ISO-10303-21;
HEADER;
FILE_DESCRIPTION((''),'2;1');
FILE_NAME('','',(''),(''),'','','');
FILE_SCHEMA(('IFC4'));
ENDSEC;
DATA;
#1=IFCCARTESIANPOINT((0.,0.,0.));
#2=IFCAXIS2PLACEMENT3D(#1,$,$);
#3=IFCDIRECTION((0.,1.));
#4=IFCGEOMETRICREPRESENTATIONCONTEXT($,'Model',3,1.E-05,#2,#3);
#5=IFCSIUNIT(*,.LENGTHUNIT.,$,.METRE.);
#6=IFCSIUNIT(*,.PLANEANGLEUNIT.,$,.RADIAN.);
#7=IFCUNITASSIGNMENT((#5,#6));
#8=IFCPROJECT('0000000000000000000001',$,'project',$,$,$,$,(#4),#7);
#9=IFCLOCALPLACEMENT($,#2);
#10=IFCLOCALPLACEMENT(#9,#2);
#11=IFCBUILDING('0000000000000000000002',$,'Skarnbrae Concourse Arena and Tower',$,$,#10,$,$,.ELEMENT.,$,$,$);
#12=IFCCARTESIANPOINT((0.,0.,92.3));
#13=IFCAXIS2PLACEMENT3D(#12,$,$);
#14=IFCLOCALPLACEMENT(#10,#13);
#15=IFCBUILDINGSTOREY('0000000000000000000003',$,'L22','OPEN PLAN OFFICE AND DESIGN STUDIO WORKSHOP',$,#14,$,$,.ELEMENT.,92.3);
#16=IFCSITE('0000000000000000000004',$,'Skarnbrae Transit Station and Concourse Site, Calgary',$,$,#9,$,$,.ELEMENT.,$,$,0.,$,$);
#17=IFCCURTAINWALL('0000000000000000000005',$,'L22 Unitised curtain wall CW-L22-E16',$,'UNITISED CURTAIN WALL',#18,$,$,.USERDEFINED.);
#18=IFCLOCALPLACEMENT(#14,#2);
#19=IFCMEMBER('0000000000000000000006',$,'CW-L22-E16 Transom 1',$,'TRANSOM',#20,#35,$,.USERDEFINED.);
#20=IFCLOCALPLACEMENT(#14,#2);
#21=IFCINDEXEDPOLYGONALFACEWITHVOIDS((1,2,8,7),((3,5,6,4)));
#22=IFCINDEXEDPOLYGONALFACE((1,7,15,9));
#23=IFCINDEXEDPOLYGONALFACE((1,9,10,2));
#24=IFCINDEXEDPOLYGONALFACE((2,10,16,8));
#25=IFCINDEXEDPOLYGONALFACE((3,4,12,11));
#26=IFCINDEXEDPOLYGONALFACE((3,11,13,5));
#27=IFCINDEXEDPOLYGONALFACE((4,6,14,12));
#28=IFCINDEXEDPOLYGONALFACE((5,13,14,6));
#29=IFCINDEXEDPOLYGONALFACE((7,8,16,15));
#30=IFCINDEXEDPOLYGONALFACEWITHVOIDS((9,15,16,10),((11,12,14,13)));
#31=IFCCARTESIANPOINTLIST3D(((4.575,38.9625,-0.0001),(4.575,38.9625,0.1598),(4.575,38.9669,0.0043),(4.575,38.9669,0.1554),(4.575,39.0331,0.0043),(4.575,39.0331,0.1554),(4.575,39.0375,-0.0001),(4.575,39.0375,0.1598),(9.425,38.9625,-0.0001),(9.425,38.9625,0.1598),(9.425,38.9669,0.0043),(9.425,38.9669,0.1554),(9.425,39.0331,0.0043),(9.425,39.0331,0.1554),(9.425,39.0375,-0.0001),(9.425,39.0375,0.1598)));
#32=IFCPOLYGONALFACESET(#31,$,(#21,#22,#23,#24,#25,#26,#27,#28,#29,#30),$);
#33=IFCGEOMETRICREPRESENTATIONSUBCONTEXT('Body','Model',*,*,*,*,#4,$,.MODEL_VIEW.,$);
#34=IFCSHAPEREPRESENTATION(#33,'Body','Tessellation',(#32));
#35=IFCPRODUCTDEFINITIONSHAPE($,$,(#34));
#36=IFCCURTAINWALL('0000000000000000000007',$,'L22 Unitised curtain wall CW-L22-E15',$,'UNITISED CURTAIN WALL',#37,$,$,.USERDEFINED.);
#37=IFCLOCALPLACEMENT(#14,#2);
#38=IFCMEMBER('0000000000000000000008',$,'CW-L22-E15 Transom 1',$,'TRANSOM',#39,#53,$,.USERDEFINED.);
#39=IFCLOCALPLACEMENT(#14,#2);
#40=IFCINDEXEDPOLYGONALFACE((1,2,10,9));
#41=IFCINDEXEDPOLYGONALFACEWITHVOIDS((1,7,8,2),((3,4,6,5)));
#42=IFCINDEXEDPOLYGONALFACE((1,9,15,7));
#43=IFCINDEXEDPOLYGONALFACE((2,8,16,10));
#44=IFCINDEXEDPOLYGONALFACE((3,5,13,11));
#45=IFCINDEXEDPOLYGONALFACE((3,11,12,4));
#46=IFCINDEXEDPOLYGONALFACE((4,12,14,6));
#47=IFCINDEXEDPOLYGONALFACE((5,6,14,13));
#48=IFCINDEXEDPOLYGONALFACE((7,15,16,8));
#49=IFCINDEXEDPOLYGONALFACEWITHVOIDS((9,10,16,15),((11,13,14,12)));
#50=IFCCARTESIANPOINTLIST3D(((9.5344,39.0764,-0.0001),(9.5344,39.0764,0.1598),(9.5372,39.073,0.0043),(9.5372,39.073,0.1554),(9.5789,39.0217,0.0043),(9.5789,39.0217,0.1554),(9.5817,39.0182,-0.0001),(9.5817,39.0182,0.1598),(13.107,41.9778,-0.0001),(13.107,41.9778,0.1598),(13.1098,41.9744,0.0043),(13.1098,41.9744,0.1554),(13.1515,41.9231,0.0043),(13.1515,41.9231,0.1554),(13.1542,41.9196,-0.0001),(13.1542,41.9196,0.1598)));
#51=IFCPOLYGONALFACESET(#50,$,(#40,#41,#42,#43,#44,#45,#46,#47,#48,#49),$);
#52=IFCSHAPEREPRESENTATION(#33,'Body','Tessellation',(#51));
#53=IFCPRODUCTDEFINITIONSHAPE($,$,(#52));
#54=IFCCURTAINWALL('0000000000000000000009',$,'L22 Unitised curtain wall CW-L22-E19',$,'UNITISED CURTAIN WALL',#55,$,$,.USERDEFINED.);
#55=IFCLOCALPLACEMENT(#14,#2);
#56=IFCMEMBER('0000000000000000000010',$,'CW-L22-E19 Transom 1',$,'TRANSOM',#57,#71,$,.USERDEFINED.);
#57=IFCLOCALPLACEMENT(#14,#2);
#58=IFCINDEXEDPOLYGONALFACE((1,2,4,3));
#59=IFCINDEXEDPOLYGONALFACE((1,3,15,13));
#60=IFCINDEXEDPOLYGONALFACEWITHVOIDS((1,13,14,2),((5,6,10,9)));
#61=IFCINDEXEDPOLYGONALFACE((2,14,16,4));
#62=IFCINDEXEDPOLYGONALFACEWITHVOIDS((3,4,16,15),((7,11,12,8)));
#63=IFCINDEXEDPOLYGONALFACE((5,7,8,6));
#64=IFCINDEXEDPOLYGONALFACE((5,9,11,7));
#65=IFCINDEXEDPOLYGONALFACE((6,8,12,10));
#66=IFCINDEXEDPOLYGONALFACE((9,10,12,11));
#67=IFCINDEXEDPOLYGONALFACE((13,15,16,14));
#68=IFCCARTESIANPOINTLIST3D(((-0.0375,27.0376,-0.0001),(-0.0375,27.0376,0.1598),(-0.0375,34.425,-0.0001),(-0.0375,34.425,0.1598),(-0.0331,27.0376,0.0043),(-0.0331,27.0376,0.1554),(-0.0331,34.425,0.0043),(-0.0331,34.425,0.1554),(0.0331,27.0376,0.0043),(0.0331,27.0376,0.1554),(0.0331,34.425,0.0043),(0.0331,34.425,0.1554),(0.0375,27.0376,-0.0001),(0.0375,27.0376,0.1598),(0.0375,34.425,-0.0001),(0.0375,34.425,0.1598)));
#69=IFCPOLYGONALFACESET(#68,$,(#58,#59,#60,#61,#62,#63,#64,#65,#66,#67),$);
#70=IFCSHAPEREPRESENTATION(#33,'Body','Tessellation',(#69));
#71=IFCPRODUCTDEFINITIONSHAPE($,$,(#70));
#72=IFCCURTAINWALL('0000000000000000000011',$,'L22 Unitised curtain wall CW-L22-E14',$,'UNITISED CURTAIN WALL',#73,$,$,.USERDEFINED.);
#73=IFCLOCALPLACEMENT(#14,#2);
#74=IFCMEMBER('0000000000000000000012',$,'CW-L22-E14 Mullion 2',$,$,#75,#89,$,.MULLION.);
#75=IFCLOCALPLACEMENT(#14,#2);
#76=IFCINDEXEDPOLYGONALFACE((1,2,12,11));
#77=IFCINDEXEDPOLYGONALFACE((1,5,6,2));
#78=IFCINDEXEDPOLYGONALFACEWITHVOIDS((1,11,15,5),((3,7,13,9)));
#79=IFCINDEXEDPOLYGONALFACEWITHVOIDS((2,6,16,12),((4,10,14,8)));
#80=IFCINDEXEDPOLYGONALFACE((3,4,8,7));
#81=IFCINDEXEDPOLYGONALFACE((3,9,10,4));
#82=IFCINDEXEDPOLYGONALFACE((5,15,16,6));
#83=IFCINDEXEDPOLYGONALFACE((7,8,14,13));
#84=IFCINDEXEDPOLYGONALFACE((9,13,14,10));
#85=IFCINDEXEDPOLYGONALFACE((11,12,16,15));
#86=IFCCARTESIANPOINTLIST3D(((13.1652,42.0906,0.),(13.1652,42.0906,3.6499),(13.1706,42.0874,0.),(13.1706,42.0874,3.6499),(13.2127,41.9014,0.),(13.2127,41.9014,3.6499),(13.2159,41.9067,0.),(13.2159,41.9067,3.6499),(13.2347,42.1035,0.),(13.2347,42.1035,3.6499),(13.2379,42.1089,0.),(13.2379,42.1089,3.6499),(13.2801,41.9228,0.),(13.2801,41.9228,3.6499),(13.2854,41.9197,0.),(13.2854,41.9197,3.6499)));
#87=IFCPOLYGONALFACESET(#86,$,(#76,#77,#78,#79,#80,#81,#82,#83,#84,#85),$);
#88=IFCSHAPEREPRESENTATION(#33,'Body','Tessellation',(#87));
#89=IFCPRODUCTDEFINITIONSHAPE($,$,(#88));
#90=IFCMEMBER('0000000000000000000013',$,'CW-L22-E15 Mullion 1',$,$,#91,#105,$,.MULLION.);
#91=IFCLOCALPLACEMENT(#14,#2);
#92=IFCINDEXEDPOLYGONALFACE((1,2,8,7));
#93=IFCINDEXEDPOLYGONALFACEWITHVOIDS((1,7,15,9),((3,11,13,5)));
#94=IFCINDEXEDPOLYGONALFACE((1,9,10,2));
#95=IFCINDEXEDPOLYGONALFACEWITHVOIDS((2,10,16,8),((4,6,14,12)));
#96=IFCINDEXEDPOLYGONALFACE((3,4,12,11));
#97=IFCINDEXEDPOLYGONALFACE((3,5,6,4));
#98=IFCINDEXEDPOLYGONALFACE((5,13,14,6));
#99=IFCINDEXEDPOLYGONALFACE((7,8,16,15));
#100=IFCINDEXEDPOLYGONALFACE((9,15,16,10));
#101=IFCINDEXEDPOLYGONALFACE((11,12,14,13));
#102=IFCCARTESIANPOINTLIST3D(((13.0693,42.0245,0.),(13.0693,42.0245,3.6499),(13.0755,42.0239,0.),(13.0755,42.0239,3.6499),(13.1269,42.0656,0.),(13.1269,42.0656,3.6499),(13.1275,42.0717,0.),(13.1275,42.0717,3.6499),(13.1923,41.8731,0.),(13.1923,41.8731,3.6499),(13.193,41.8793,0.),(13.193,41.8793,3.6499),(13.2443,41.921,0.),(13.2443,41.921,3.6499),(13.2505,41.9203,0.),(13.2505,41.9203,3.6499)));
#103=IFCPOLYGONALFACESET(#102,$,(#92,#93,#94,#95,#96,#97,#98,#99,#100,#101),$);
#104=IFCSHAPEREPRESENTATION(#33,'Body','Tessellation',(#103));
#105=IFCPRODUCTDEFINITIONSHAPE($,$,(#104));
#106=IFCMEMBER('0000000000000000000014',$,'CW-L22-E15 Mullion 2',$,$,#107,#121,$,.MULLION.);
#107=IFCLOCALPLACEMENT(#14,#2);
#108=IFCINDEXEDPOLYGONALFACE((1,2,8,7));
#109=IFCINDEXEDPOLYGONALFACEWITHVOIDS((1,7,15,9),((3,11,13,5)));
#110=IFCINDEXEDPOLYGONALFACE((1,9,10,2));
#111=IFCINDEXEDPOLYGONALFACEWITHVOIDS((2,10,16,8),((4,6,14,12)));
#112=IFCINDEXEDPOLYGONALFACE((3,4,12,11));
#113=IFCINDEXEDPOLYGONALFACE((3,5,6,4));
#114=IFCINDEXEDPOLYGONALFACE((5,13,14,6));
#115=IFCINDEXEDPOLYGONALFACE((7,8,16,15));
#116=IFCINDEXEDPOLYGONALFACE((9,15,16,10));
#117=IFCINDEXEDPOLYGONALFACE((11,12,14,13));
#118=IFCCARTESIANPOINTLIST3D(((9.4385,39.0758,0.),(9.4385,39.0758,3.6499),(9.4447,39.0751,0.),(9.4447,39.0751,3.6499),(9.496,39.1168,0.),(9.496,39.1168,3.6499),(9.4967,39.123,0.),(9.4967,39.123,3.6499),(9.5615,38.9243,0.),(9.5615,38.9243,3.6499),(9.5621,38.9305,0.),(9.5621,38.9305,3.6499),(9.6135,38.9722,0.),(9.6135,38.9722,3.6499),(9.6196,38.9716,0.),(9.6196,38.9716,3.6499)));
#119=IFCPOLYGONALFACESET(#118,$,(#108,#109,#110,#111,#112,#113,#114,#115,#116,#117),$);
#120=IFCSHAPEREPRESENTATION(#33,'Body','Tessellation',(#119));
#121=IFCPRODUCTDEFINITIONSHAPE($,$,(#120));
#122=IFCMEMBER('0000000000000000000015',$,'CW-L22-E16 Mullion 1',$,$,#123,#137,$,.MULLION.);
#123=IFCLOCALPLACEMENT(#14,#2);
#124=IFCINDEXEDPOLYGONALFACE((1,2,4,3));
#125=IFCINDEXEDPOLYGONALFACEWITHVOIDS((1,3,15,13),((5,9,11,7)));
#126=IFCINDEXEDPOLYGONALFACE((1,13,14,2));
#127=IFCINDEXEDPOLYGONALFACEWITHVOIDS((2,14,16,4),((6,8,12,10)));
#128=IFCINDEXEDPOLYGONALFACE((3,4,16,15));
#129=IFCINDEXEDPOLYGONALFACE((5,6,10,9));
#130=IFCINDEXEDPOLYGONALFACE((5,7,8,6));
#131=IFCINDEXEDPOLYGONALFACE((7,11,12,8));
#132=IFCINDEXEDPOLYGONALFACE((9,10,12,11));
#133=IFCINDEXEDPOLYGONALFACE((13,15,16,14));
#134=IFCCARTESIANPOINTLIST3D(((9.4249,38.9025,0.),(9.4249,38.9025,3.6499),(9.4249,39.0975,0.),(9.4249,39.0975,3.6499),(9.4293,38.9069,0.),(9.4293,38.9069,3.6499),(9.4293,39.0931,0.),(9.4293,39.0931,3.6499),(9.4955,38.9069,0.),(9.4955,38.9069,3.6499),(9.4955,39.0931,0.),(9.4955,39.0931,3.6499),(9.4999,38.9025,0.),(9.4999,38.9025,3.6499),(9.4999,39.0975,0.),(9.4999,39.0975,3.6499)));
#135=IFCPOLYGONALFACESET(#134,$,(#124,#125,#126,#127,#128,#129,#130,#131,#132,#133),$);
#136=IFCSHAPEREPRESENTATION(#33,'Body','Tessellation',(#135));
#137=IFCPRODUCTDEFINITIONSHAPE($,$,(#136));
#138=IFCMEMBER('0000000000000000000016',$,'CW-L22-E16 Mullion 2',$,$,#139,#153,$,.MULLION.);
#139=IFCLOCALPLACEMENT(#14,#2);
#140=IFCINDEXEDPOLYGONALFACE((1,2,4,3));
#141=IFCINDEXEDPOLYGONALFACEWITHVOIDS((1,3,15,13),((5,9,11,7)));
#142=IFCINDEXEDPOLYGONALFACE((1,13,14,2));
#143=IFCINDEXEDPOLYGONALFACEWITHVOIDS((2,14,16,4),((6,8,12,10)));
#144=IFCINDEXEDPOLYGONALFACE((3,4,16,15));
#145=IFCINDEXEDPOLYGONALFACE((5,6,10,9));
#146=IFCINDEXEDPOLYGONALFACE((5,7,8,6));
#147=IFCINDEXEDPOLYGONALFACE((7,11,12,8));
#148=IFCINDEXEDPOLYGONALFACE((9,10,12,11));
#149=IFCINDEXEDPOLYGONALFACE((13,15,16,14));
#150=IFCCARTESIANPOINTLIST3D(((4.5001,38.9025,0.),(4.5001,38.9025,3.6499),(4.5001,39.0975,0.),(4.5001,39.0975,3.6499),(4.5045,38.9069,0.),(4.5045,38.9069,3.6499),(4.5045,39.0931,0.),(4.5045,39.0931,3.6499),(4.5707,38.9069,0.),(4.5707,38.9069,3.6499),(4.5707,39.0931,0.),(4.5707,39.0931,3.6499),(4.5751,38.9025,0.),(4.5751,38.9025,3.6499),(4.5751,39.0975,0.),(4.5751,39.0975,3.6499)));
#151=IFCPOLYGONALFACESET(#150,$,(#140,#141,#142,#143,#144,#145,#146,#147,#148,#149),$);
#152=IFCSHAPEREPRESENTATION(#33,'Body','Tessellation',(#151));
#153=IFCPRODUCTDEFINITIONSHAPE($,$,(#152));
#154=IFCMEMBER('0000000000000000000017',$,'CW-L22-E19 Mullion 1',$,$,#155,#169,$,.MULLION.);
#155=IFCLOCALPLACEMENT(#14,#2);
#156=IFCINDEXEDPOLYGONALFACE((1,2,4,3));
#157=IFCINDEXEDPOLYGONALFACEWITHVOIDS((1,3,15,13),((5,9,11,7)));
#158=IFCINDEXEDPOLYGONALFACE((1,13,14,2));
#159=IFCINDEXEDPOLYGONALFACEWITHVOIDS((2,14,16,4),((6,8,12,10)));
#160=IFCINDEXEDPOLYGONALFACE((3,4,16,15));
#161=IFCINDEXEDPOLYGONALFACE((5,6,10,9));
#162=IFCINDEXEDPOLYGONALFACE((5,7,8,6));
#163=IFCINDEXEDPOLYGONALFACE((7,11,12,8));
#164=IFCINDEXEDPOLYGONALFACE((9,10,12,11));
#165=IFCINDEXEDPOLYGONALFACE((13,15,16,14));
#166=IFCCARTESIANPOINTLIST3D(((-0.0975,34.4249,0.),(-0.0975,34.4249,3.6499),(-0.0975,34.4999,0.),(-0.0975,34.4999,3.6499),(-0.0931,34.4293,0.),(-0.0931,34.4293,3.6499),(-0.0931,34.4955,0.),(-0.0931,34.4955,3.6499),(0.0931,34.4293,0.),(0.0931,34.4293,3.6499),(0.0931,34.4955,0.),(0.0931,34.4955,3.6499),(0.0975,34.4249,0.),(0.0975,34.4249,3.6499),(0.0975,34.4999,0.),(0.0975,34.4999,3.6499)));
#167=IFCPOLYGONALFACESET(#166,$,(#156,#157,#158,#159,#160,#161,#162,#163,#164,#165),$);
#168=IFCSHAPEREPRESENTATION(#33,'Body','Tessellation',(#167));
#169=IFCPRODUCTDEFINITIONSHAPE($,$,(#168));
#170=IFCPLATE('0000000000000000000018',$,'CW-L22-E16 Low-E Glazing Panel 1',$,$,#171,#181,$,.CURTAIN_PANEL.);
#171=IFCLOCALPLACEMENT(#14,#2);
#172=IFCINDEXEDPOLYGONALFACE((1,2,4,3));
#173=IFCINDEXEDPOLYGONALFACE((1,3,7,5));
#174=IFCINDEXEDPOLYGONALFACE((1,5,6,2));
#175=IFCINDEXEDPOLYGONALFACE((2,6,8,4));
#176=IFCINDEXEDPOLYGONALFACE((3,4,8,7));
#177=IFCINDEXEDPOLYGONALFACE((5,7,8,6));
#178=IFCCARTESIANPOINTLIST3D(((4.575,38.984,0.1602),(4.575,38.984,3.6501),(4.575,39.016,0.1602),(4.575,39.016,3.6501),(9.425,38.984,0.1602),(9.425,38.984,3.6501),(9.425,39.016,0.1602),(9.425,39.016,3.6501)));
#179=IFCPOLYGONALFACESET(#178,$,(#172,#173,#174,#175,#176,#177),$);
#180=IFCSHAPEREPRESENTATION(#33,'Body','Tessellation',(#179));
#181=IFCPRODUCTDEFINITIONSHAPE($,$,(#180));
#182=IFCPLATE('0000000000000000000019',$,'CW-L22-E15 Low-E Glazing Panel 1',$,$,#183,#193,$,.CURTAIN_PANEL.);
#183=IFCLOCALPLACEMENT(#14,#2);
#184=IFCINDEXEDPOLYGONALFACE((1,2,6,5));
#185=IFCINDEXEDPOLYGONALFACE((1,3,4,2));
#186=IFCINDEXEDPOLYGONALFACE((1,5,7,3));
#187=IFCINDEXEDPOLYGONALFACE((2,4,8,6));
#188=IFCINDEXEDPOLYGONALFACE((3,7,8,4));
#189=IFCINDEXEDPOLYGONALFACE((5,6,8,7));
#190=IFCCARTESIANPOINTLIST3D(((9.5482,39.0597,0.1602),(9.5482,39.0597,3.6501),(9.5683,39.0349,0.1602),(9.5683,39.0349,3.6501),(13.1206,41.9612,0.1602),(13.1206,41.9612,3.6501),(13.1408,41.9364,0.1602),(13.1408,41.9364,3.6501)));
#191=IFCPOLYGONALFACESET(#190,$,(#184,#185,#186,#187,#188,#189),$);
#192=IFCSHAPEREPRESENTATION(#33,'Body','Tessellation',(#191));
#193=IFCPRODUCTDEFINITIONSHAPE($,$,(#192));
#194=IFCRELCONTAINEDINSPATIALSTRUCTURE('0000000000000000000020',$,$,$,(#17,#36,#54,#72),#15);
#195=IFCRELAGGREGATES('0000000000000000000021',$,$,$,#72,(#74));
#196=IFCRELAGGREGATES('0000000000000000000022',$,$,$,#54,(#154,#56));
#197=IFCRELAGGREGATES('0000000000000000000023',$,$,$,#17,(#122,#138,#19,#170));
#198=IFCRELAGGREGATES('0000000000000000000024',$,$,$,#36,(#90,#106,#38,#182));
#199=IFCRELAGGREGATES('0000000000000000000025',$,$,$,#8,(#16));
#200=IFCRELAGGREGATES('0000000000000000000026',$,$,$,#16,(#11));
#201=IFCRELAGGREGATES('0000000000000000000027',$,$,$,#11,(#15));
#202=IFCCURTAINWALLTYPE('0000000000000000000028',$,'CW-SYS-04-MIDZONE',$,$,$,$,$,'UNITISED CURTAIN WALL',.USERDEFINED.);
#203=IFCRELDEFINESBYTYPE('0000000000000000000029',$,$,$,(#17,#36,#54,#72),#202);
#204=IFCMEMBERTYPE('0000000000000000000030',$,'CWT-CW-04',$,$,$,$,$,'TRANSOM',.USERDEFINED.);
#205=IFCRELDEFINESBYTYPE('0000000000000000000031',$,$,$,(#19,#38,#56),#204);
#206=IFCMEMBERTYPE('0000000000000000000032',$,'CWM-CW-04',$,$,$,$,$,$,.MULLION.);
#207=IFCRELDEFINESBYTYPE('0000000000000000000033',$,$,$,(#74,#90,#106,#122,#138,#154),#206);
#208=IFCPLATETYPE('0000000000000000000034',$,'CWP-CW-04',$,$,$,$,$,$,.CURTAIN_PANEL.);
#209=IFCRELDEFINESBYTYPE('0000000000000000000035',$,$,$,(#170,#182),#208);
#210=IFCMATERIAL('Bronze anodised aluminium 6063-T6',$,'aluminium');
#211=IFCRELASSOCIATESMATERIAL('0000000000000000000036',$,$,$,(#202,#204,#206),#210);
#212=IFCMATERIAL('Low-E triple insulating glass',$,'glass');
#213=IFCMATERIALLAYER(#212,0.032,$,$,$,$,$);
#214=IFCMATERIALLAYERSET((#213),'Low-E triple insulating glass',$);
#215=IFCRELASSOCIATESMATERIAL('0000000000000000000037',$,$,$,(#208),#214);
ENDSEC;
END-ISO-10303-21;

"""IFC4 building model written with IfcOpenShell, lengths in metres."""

from ifc_helpers import new_model, si_unit, direction, frame, origin, origin_2d, place, context, subcontext, project, spatial, rectangle, hollow_rectangle, extrude, source, transform, mapped, material, layer, layer_set, material_profile, profile_set, type_object, element, aggregate, save


model = new_model("IFC4")

# Units and contexts
model_context = context("Model", 3, precision=1e-05, world=origin(), true_north=direction((0.0, 1.0)))
body_context = subcontext(model_context, "Body", "Model", "MODEL_VIEW")
ifc_project = project(units=[si_unit("LENGTHUNIT", "METRE"), si_unit("PLANEANGLEUNIT", "RADIAN")], contexts=[model_context])

# Site, building, storey
site_placement = place(None, origin())
site = spatial("IfcSite", under=ifc_project, at=site_placement, Name="Skarnbrae Transit Station and Concourse Site, Calgary", CompositionType="ELEMENT", RefElevation=0.0)
building_placement = place(site_placement, origin())
building = spatial("IfcBuilding", under=site, at=building_placement, Name="Skarnbrae Concourse Arena and Tower", CompositionType="ELEMENT")
storey_placement = place(building_placement, frame((0.0, 0.0, 92.3)))
storey = spatial("IfcBuildingStorey", under=building, at=storey_placement, Name="L22", Description="OPEN PLAN OFFICE AND DESIGN STUDIO WORKSHOP", CompositionType="ELEMENT", Elevation=92.3)

# Curtain walls, members
ifc_material_1 = material(Name="Bronze anodised aluminium 6063-T6", Category="aluminium")
curtain_wall_type = type_object("IfcCurtainWallType", Name="CW-SYS-04-MIDZONE", ElementType="UNITISED CURTAIN WALL", PredefinedType="USERDEFINED", material=ifc_material_1)
curtain_wall_1_placement = place(storey_placement, origin())
curtain_wall_1 = element("IfcCurtainWall", 1, at=curtain_wall_1_placement, inside=storey, type_object=curtain_wall_type, Name="L22 Unitised curtain wall CW-L22-E16", ObjectType="UNITISED CURTAIN WALL", PredefinedType="USERDEFINED")
ifc_material_profile_1 = material_profile(ifc_material_1, hollow_rectangle(XDim=0.075, YDim=0.1599, WallThickness=0.0044, at=origin_2d()), Name="ALU-TRAN-75X160")
ifc_profile_set_1 = profile_set([ifc_material_profile_1], Name="Bronze anodised aluminium 6063-T6")
member_type_1 = type_object("IfcMemberType", Name="CWT-CW-04", ElementType="TRANSOM", PredefinedType="USERDEFINED", material=ifc_profile_set_1)
shared_shape_1 = source(origin(), body_context, "Body", "SweptSolid", [
    extrude(hollow_rectangle(XDim=0.075, YDim=0.1599, WallThickness=0.0044, at=origin_2d()), origin(), (0.0, 0.0, 1.0), 4.8501),
])
member_1_placement = place(storey_placement, frame((9.425, 39.0, 0.0798), z_axis=(-1.0, 0.0, 0.0), x_axis=(0.0, -1.0, 0.0)))
member_1 = element("IfcMember", 2, at=member_1_placement, type_object=member_type_1, Name="CW-L22-E16 Transom 1", ObjectType="TRANSOM", PredefinedType="USERDEFINED", context=body_context, shape_type="MappedRepresentation", body=[
    mapped(shared_shape_1, transform((0.0, 0.0, 0.0))),
])
curtain_wall_2_placement = place(storey_placement, origin())
curtain_wall_2 = element("IfcCurtainWall", 3, at=curtain_wall_2_placement, inside=storey, type_object=curtain_wall_type, Name="L22 Unitised curtain wall CW-L22-E15", ObjectType="UNITISED CURTAIN WALL", PredefinedType="USERDEFINED")
shared_shape_2 = source(origin(), body_context, "Body", "SweptSolid", [
    extrude(hollow_rectangle(XDim=0.075, YDim=0.1599, WallThickness=0.0044, at=origin_2d()), origin(), (0.0, 0.0, 1.0), 4.6023),
])
member_2_placement = place(storey_placement, frame((13.1306, 41.9487, 0.0798), z_axis=(-0.776252, -0.630423, 0.0), x_axis=(0.630423, -0.776252, 0.0)))
member_2 = element("IfcMember", 4, at=member_2_placement, type_object=member_type_1, Name="CW-L22-E15 Transom 1", ObjectType="TRANSOM", PredefinedType="USERDEFINED", context=body_context, shape_type="MappedRepresentation", body=[
    mapped(shared_shape_2, transform((0.0, 0.0, 0.0))),
])
curtain_wall_3_placement = place(storey_placement, origin())
curtain_wall_3 = element("IfcCurtainWall", 5, at=curtain_wall_3_placement, inside=storey, type_object=curtain_wall_type, Name="L22 Unitised curtain wall CW-L22-E19", ObjectType="UNITISED CURTAIN WALL", PredefinedType="USERDEFINED")
shared_shape_3 = source(origin(), body_context, "Body", "SweptSolid", [
    extrude(hollow_rectangle(XDim=0.075, YDim=0.1599, WallThickness=0.0044, at=origin_2d()), origin(), (0.0, 0.0, 1.0), 7.3875),
])
member_3_placement = place(storey_placement, frame((0.0, 34.425, 0.0798), z_axis=(0.0, -1.0, 0.0), x_axis=(1.0, 0.0, 0.0)))
member_3 = element("IfcMember", 6, at=member_3_placement, type_object=member_type_1, Name="CW-L22-E19 Transom 1", ObjectType="TRANSOM", PredefinedType="USERDEFINED", context=body_context, shape_type="MappedRepresentation", body=[
    mapped(shared_shape_3, transform((0.0, 0.0, 0.0))),
])
curtain_wall_4_placement = place(storey_placement, origin())
curtain_wall_4 = element("IfcCurtainWall", 7, at=curtain_wall_4_placement, inside=storey, type_object=curtain_wall_type, Name="L22 Unitised curtain wall CW-L22-E14", ObjectType="UNITISED CURTAIN WALL", PredefinedType="USERDEFINED")
ifc_material_profile_2 = material_profile(ifc_material_1, hollow_rectangle(XDim=0.075, YDim=0.1951, WallThickness=0.0044, at=origin_2d()), Name="ALU-MULL-75X195")
ifc_profile_set_2 = profile_set([ifc_material_profile_2], Name="Bronze anodised aluminium 6063-T6")
member_type_2 = type_object("IfcMemberType", Name="CWM-CW-04", PredefinedType="MULLION", material=ifc_profile_set_2)
shared_shape_4 = source(origin(), body_context, "Body", "SweptSolid", [
    extrude(hollow_rectangle(XDim=0.075, YDim=0.1951, WallThickness=0.0044, at=origin_2d()), origin(), (0.0, 0.0, 1.0), 3.6499),
])
member_4_placement = place(storey_placement, frame((13.2253, 42.0051, 0.0), z_axis=(0.0, 0.0, 1.0), x_axis=(-0.969903, -0.243491, 0.0)))
member_4 = element("IfcMember", 8, at=member_4_placement, type_object=member_type_2, Name="CW-L22-E14 Mullion 2", PredefinedType="MULLION", context=body_context, shape_type="MappedRepresentation", body=[
    mapped(shared_shape_4, transform((0.0, 0.0, 0.0))),
])
aggregate(curtain_wall_4, [member_4])

# Members
member_5_placement = place(storey_placement, frame((13.1599, 41.9724, 0.0), z_axis=(0.0, 0.0, 1.0), x_axis=(-0.776241, -0.630436, 0.0)))
member_5 = element("IfcMember", 9, at=member_5_placement, type_object=member_type_2, Name="CW-L22-E15 Mullion 1", PredefinedType="MULLION", context=body_context, shape_type="MappedRepresentation", body=[
    mapped(shared_shape_4, transform((0.0, 0.0, 0.0))),
])
member_6_placement = place(storey_placement, frame((9.5291, 39.0237, 0.0), z_axis=(0.0, 0.0, 1.0), x_axis=(-0.776241, -0.630436, 0.0)))
member_6 = element("IfcMember", 10, at=member_6_placement, type_object=member_type_2, Name="CW-L22-E15 Mullion 2", PredefinedType="MULLION", context=body_context, shape_type="MappedRepresentation", body=[
    mapped(shared_shape_4, transform((0.0, 0.0, 0.0))),
])
member_7_placement = place(storey_placement, frame((9.4624, 39.0, 0.0), z_axis=(0.0, 0.0, 1.0), x_axis=(-1.0, 0.0, 0.0)))
member_7 = element("IfcMember", 11, at=member_7_placement, type_object=member_type_2, Name="CW-L22-E16 Mullion 1", PredefinedType="MULLION", context=body_context, shape_type="MappedRepresentation", body=[
    mapped(shared_shape_4, transform((0.0, 0.0, 0.0))),
])
member_8_placement = place(storey_placement, frame((4.5376, 39.0, 0.0), z_axis=(0.0, 0.0, 1.0), x_axis=(-1.0, 0.0, 0.0)))
member_8 = element("IfcMember", 12, at=member_8_placement, type_object=member_type_2, Name="CW-L22-E16 Mullion 2", PredefinedType="MULLION", context=body_context, shape_type="MappedRepresentation", body=[
    mapped(shared_shape_4, transform((0.0, 0.0, 0.0))),
])
member_9_placement = place(storey_placement, frame((0.0, 34.4624, 0.0), z_axis=(0.0, 0.0, 1.0), x_axis=(0.0, -1.0, 0.0)))
member_9 = element("IfcMember", 13, at=member_9_placement, type_object=member_type_2, Name="CW-L22-E19 Mullion 1", PredefinedType="MULLION", context=body_context, shape_type="MappedRepresentation", body=[
    mapped(shared_shape_4, transform((0.0, 0.0, 0.0))),
])
aggregate(curtain_wall_3, [member_9, member_3])

# Plates
ifc_material_2 = material(Name="Low-E triple insulating glass", Category="glass")
ifc_layer_1 = layer(ifc_material_2, 0.032)
ifc_layer_set_1 = layer_set([ifc_layer_1], Name="Low-E triple insulating glass")
plate_type = type_object("IfcPlateType", Name="CWP-CW-04", PredefinedType="CURTAIN_PANEL", material=ifc_layer_set_1)
shared_shape_5 = source(origin(), body_context, "Body", "SweptSolid", [
    extrude(rectangle(XDim=4.8501, YDim=0.032, at=origin_2d()), origin(), (0.0, 0.0, 1.0), 3.49),
])
plate_1_placement = place(storey_placement, frame((7.0, 39.0, 0.1602), z_axis=(0.0, 0.0, 1.0), x_axis=(-1.0, 0.0, 0.0)))
plate_1 = element("IfcPlate", 14, at=plate_1_placement, type_object=plate_type, Name="CW-L22-E16 Low-E Glazing Panel 1", PredefinedType="CURTAIN_PANEL", context=body_context, shape_type="MappedRepresentation", body=[
    mapped(shared_shape_5, transform((0.0, 0.0, 0.0))),
])
aggregate(curtain_wall_1, [member_7, member_8, member_1, plate_1])
shared_shape_6 = source(origin(), body_context, "Body", "SweptSolid", [
    extrude(rectangle(XDim=4.6023, YDim=0.032, at=origin_2d()), origin(), (0.0, 0.0, 1.0), 3.49),
])
plate_2_placement = place(storey_placement, frame((11.3445, 40.498, 0.1602), z_axis=(0.0, 0.0, 1.0), x_axis=(-0.776241, -0.630436, 0.0)))
plate_2 = element("IfcPlate", 15, at=plate_2_placement, type_object=plate_type, Name="CW-L22-E15 Low-E Glazing Panel 1", PredefinedType="CURTAIN_PANEL", context=body_context, shape_type="MappedRepresentation", body=[
    mapped(shared_shape_6, transform((0.0, 0.0, 0.0))),
])
aggregate(curtain_wall_2, [member_5, member_6, member_2, plate_2])

save(model, "model.ifc")
